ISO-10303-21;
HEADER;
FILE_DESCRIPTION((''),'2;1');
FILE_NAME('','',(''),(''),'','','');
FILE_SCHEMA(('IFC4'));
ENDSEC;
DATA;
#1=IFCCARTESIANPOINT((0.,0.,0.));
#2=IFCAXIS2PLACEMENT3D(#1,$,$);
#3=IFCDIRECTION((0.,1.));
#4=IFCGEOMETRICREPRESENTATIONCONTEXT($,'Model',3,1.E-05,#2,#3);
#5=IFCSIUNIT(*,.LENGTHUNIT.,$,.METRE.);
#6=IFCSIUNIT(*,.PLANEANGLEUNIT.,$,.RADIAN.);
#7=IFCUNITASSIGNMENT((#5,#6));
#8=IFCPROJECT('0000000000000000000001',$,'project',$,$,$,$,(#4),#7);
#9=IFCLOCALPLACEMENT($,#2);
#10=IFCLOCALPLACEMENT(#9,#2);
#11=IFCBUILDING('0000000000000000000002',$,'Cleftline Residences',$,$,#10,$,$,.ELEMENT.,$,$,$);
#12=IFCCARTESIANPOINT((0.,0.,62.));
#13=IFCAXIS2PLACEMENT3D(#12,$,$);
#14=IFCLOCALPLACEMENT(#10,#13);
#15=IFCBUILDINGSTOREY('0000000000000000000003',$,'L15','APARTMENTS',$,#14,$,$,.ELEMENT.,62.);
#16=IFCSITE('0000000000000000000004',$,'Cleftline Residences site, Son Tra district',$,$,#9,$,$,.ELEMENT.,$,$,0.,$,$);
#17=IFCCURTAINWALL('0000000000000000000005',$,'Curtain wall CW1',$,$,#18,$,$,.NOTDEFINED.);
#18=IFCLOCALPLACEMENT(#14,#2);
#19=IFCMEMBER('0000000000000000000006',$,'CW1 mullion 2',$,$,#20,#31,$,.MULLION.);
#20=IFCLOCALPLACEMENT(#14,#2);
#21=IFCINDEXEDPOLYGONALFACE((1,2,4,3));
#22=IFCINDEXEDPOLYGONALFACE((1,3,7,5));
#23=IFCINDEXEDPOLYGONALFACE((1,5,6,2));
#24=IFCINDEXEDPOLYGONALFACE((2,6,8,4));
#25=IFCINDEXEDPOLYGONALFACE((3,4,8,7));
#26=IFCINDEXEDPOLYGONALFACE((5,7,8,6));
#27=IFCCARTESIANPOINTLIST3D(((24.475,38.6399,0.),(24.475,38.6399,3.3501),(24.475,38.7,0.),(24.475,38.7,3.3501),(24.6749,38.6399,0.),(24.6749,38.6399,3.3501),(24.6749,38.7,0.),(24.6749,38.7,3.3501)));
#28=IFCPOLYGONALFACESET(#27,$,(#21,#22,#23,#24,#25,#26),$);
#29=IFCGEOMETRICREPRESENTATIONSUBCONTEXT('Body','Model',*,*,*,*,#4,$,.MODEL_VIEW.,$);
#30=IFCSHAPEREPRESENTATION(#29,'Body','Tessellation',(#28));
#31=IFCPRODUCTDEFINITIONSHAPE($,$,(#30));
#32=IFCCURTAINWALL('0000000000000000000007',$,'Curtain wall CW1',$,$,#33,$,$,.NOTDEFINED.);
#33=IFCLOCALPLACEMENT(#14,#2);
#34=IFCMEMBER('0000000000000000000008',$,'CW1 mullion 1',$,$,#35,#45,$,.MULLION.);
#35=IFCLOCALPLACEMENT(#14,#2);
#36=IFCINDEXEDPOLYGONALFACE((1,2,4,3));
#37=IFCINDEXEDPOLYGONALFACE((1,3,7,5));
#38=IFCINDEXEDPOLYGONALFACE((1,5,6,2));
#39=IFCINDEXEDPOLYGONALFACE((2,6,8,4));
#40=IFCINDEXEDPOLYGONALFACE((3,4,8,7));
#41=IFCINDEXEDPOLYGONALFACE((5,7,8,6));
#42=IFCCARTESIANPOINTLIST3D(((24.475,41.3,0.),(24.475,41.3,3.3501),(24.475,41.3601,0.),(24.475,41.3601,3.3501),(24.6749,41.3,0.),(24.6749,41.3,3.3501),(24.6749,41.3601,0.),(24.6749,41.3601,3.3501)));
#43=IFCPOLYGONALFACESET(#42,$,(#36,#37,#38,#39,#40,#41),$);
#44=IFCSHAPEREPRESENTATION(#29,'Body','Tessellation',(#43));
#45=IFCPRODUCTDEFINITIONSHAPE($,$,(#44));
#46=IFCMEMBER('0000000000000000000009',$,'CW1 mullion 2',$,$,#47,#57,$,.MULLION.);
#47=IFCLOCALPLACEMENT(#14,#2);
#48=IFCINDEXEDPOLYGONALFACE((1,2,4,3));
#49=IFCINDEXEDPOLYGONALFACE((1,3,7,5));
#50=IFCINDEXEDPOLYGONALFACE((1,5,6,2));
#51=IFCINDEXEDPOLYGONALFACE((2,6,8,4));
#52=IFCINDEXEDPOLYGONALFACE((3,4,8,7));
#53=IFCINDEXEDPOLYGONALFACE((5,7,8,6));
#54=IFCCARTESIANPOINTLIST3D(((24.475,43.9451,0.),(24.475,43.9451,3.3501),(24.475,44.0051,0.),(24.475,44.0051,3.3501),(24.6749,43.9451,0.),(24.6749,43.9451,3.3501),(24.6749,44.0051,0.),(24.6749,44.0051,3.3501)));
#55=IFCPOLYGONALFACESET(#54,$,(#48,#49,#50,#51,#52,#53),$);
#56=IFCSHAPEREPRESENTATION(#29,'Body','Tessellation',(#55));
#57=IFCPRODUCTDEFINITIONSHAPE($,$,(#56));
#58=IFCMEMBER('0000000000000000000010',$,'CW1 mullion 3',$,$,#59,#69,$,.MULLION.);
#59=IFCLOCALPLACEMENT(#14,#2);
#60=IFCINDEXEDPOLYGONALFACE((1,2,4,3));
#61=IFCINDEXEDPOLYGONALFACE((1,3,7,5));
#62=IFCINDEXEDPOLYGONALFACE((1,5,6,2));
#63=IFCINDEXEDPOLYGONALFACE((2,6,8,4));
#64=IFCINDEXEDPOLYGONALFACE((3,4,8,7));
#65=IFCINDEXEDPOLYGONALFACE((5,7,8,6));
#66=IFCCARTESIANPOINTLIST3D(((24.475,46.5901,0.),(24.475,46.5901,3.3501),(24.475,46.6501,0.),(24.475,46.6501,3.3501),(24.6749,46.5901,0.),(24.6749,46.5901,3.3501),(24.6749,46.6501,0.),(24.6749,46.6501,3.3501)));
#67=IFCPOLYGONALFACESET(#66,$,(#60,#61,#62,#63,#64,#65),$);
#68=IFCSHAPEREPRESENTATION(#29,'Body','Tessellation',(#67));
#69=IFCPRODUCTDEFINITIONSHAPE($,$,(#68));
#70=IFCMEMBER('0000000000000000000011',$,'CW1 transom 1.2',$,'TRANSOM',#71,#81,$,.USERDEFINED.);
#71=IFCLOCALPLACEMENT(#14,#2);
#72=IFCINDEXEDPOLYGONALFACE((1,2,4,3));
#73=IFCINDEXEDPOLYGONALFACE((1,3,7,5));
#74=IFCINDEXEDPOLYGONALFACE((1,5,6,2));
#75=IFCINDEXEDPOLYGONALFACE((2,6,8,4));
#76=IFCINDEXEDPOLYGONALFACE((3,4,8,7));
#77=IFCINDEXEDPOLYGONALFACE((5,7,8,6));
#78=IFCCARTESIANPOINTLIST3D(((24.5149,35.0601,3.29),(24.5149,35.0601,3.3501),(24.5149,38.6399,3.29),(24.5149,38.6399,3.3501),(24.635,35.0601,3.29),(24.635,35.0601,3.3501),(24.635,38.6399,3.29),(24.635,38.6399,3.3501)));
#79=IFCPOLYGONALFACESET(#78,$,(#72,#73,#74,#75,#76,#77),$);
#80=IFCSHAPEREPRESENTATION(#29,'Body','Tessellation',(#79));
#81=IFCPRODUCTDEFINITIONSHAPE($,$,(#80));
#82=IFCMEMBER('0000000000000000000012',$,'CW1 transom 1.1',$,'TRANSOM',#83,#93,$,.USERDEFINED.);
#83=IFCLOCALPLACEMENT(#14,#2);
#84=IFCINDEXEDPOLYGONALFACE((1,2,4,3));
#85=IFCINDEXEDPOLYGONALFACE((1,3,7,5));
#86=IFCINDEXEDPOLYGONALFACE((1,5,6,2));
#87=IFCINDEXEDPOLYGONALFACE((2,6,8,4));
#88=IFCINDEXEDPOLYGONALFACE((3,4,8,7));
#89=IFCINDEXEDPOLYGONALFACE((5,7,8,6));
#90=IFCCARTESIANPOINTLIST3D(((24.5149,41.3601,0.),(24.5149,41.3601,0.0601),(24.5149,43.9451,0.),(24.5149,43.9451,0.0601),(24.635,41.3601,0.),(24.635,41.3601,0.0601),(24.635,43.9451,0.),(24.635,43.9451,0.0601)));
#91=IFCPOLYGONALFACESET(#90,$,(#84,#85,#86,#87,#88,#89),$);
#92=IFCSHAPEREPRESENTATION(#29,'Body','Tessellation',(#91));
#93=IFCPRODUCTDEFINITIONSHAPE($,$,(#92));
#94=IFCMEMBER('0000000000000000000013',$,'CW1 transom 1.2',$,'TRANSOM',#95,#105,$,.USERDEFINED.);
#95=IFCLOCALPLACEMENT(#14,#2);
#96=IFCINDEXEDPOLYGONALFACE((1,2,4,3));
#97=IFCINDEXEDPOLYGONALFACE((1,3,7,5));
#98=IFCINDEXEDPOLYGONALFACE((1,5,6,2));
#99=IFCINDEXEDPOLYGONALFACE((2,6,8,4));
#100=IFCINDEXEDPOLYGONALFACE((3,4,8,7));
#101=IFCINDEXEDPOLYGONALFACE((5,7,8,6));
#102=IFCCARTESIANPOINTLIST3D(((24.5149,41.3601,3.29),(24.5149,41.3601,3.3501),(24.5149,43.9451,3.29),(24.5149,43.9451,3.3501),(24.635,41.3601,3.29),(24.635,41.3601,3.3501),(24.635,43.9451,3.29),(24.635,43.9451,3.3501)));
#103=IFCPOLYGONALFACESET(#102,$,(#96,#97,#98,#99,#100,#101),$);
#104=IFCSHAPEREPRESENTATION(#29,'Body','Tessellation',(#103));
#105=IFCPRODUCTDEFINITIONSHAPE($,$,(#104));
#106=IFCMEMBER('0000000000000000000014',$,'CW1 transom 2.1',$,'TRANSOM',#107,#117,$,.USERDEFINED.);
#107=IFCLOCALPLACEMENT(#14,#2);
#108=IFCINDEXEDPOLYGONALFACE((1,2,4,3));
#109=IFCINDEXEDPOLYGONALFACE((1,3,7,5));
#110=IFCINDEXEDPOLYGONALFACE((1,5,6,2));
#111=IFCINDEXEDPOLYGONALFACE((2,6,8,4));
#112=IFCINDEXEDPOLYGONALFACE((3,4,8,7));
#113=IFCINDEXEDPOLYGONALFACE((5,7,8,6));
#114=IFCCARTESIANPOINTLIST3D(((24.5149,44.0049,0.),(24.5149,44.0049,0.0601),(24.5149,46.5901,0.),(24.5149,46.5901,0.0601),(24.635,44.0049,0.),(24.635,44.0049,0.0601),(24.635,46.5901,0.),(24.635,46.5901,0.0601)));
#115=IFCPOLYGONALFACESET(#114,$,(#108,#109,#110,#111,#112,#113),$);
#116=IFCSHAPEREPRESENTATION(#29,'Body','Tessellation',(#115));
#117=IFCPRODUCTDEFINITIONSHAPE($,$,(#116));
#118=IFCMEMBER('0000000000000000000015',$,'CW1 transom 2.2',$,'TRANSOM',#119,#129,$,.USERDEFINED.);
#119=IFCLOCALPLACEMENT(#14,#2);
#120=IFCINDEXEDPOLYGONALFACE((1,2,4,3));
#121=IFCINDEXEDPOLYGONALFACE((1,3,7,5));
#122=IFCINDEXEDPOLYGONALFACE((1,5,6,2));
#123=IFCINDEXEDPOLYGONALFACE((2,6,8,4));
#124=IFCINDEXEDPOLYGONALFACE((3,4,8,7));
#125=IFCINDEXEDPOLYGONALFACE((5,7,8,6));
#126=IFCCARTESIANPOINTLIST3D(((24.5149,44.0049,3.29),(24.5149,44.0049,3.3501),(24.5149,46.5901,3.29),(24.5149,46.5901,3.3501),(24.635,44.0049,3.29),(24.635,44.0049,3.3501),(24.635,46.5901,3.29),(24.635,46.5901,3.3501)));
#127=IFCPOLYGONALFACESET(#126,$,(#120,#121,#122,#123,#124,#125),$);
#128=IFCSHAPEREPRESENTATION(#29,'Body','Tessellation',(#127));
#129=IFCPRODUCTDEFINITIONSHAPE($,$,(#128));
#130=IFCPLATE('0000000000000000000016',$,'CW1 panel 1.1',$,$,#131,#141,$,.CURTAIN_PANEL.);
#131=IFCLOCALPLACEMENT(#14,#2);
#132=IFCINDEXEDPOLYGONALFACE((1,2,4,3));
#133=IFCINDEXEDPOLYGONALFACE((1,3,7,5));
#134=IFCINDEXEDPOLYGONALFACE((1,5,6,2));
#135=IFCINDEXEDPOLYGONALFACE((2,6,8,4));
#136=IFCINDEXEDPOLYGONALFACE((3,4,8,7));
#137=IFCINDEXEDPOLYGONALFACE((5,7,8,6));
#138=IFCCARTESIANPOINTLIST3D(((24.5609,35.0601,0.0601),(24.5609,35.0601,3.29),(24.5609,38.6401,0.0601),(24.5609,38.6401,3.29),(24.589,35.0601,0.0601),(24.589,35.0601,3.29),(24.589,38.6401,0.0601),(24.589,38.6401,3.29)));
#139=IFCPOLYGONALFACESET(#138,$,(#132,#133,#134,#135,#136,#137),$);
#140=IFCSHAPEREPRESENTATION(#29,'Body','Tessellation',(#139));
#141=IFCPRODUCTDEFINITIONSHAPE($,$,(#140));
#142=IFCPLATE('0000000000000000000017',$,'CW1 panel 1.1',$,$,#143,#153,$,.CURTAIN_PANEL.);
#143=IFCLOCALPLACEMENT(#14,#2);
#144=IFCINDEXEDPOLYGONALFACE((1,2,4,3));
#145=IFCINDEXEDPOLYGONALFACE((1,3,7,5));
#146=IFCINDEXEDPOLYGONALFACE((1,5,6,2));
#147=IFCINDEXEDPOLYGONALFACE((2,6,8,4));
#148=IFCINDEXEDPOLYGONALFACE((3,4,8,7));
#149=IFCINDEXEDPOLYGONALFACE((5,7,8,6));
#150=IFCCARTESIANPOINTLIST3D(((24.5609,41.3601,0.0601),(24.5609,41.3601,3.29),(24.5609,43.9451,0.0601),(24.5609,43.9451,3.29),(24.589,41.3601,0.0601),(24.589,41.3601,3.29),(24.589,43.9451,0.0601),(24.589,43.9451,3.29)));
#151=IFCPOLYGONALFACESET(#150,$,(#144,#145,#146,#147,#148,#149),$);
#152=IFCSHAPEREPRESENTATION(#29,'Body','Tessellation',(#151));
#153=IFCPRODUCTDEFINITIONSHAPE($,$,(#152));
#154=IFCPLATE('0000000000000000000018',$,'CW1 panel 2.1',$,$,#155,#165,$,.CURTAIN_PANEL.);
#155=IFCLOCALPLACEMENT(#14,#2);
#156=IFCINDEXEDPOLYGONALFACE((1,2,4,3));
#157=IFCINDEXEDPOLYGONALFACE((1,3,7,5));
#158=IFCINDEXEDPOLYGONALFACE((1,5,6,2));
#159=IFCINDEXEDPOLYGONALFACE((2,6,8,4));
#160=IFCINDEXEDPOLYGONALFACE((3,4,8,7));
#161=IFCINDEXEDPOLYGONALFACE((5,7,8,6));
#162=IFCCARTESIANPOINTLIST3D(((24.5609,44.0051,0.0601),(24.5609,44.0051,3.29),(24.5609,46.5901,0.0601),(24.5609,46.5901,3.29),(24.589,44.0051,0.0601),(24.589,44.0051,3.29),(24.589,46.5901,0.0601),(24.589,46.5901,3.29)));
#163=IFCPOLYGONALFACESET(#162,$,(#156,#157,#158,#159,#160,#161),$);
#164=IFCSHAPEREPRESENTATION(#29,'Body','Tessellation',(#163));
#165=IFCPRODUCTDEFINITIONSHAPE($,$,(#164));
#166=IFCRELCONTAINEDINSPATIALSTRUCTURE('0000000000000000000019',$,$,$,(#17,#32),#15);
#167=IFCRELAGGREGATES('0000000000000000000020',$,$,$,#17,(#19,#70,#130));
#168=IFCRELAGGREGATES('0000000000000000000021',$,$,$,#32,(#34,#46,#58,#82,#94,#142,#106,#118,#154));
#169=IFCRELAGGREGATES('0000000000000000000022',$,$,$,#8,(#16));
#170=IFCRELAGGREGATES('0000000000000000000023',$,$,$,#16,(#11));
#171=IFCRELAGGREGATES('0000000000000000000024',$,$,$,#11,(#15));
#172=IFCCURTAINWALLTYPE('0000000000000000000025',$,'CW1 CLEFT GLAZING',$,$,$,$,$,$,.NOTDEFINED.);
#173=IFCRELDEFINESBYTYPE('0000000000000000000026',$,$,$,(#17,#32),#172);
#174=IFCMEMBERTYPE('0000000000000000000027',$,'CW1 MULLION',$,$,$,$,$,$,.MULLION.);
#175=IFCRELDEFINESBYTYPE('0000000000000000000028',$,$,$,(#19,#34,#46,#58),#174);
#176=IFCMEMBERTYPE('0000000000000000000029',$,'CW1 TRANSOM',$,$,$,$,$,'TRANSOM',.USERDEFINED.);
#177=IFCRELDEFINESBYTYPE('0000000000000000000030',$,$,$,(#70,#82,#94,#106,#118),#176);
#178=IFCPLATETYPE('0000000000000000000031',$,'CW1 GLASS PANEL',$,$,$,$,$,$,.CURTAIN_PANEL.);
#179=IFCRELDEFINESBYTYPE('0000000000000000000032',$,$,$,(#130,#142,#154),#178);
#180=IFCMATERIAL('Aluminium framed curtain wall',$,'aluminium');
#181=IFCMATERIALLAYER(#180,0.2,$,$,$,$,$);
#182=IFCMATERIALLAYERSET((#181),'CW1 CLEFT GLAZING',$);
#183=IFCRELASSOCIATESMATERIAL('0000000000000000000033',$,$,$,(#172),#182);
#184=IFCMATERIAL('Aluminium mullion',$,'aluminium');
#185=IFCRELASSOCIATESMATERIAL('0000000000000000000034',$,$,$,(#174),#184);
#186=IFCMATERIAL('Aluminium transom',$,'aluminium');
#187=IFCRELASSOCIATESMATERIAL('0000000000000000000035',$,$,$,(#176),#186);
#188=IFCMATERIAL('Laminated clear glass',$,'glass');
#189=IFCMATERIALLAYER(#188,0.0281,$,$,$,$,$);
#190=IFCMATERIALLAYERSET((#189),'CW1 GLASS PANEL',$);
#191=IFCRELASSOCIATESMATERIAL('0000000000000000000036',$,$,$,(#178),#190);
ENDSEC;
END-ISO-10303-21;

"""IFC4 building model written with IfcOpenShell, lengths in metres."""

from ifc_helpers import new_model, si_unit, direction, frame, origin, origin_2d, place, context, subcontext, project, spatial, rectangle, extrude, material, layer, layer_set, material_profile, profile_set, type_object, element, aggregate, save


model = new_model("IFC4")

# Units and contexts
model_context = context("Model", 3, precision=1e-05, world=origin(), true_north=direction((0.0, 1.0)))
body_context = subcontext(model_context, "Body", "Model", "MODEL_VIEW")
ifc_project = project(units=[si_unit("LENGTHUNIT", "METRE"), si_unit("PLANEANGLEUNIT", "RADIAN")], contexts=[model_context])

# Site, building, storey
site_placement = place(None, origin())
site = spatial("IfcSite", under=ifc_project, at=site_placement, Name="Cleftline Residences site, Son Tra district", CompositionType="ELEMENT", RefElevation=0.0)
building_placement = place(site_placement, origin())
building = spatial("IfcBuilding", under=site, at=building_placement, Name="Cleftline Residences", CompositionType="ELEMENT")
storey_placement = place(building_placement, frame((0.0, 0.0, 62.0)))
storey = spatial("IfcBuildingStorey", under=building, at=storey_placement, Name="L15", Description="APARTMENTS", CompositionType="ELEMENT", Elevation=62.0)

# Curtain wall, member
ifc_material_1 = material(Name="Aluminium framed curtain wall", Category="aluminium")
ifc_layer_1 = layer(ifc_material_1, 0.2)
ifc_layer_set_1 = layer_set([ifc_layer_1], Name="CW1 CLEFT GLAZING")
curtain_wall_type = type_object("IfcCurtainWallType", Name="CW1 CLEFT GLAZING", PredefinedType="NOTDEFINED", material=ifc_layer_set_1)
curtain_wall_1_placement = place(storey_placement, origin())
curtain_wall_1 = element("IfcCurtainWall", 1, at=curtain_wall_1_placement, inside=storey, type_object=curtain_wall_type, Name="Curtain wall CW1", PredefinedType="NOTDEFINED")
ifc_material_2 = material(Name="Aluminium mullion", Category="aluminium")
ifc_material_profile_1 = material_profile(ifc_material_2, rectangle(XDim=0.2, YDim=0.0601, at=origin_2d()))
ifc_profile_set_1 = profile_set([ifc_material_profile_1], Name="Aluminium mullion")
member_type_1 = type_object("IfcMemberType", Name="CW1 MULLION", PredefinedType="MULLION", material=ifc_profile_set_1)
member_1_placement = place(storey_placement, frame((24.575, 38.6699, 0.0), z_axis=(0.0, 0.0, 1.0), x_axis=(-1.0, 0.0, 0.0)))
member_1 = element("IfcMember", 2, at=member_1_placement, type_object=member_type_1, Name="CW1 mullion 2", PredefinedType="MULLION", context=body_context, shape_type="SweptSolid", body=[
    extrude(rectangle(XDim=0.2, YDim=0.0601, at=origin_2d()), origin(), (0.0, 0.0, 1.0), 3.3501),
])

# Curtain wall, members
curtain_wall_2_placement = place(storey_placement, origin())
curtain_wall_2 = element("IfcCurtainWall", 3, at=curtain_wall_2_placement, inside=storey, type_object=curtain_wall_type, Name="Curtain wall CW1", PredefinedType="NOTDEFINED")
member_2_placement = place(storey_placement, frame((24.575, 41.3301, 0.0), z_axis=(0.0, 0.0, 1.0), x_axis=(-1.0, 0.0, 0.0)))
member_2 = element("IfcMember", 4, at=member_2_placement, type_object=member_type_1, Name="CW1 mullion 1", PredefinedType="MULLION", context=body_context, shape_type="SweptSolid", body=[
    extrude(rectangle(XDim=0.2, YDim=0.0601, at=origin_2d()), origin(), (0.0, 0.0, 1.0), 3.3501),
])
member_3_placement = place(storey_placement, frame((24.575, 43.9751, 0.0), z_axis=(0.0, 0.0, 1.0), x_axis=(-1.0, 0.0, 0.0)))
member_3 = element("IfcMember", 5, at=member_3_placement, type_object=member_type_1, Name="CW1 mullion 2", PredefinedType="MULLION", context=body_context, shape_type="SweptSolid", body=[
    extrude(rectangle(XDim=0.2, YDim=0.0601, at=origin_2d()), origin(), (0.0, 0.0, 1.0), 3.3501),
])
member_4_placement = place(storey_placement, frame((24.575, 46.6201, 0.0), z_axis=(0.0, 0.0, 1.0), x_axis=(-1.0, 0.0, 0.0)))
member_4 = element("IfcMember", 6, at=member_4_placement, type_object=member_type_1, Name="CW1 mullion 3", PredefinedType="MULLION", context=body_context, shape_type="SweptSolid", body=[
    extrude(rectangle(XDim=0.2, YDim=0.0601, at=origin_2d()), origin(), (0.0, 0.0, 1.0), 3.3501),
])

# Members
ifc_material_3 = material(Name="Aluminium transom", Category="aluminium")
ifc_material_profile_2 = material_profile(ifc_material_3, rectangle(XDim=0.1201, YDim=0.0601, at=origin_2d()))
ifc_profile_set_2 = profile_set([ifc_material_profile_2], Name="Aluminium transom")
member_type_2 = type_object("IfcMemberType", Name="CW1 TRANSOM", ElementType="TRANSOM", PredefinedType="USERDEFINED", material=ifc_profile_set_2)
member_5_placement = place(storey_placement, frame((24.575, 35.0601, 3.3201), z_axis=(0.0, 1.0, 0.0), x_axis=(-1.0, 0.0, 0.0)))
member_5 = element("IfcMember", 7, at=member_5_placement, type_object=member_type_2, Name="CW1 transom 1.2", ObjectType="TRANSOM", PredefinedType="USERDEFINED", context=body_context, shape_type="SweptSolid", body=[
    extrude(rectangle(XDim=0.1201, YDim=0.0601, at=origin_2d()), origin(), (0.0, 0.0, 1.0), 3.5798),
])
member_6_placement = place(storey_placement, frame((24.575, 41.3601, 0.03), z_axis=(0.0, 1.0, 0.0), x_axis=(-1.0, 0.0, 0.0)))
member_6 = element("IfcMember", 8, at=member_6_placement, type_object=member_type_2, Name="CW1 transom 1.1", ObjectType="TRANSOM", PredefinedType="USERDEFINED", context=body_context, shape_type="SweptSolid", body=[
    extrude(rectangle(XDim=0.1201, YDim=0.0601, at=origin_2d()), origin(), (0.0, 0.0, 1.0), 2.585),
])
member_7_placement = place(storey_placement, frame((24.575, 41.3601, 3.3201), z_axis=(0.0, 1.0, 0.0), x_axis=(-1.0, 0.0, 0.0)))
member_7 = element("IfcMember", 9, at=member_7_placement, type_object=member_type_2, Name="CW1 transom 1.2", ObjectType="TRANSOM", PredefinedType="USERDEFINED", context=body_context, shape_type="SweptSolid", body=[
    extrude(rectangle(XDim=0.1201, YDim=0.0601, at=origin_2d()), origin(), (0.0, 0.0, 1.0), 2.585),
])
member_8_placement = place(storey_placement, frame((24.575, 44.0049, 0.03), z_axis=(0.0, 1.0, 0.0), x_axis=(-1.0, 0.0, 0.0)))
member_8 = element("IfcMember", 10, at=member_8_placement, type_object=member_type_2, Name="CW1 transom 2.1", ObjectType="TRANSOM", PredefinedType="USERDEFINED", context=body_context, shape_type="SweptSolid", body=[
    extrude(rectangle(XDim=0.1201, YDim=0.0601, at=origin_2d()), origin(), (0.0, 0.0, 1.0), 2.5852),
])
member_9_placement = place(storey_placement, frame((24.575, 44.0049, 3.3201), z_axis=(0.0, 1.0, 0.0), x_axis=(-1.0, 0.0, 0.0)))
member_9 = element("IfcMember", 11, at=member_9_placement, type_object=member_type_2, Name="CW1 transom 2.2", ObjectType="TRANSOM", PredefinedType="USERDEFINED", context=body_context, shape_type="SweptSolid", body=[
    extrude(rectangle(XDim=0.1201, YDim=0.0601, at=origin_2d()), origin(), (0.0, 0.0, 1.0), 2.5852),
])

# Plates
ifc_material_4 = material(Name="Laminated clear glass", Category="glass")
ifc_layer_2 = layer(ifc_material_4, 0.0281)
ifc_layer_set_2 = layer_set([ifc_layer_2], Name="CW1 GLASS PANEL")
plate_type = type_object("IfcPlateType", Name="CW1 GLASS PANEL", PredefinedType="CURTAIN_PANEL", material=ifc_layer_set_2)
plate_1_placement = place(storey_placement, frame((24.575, 36.8501, 0.0601), z_axis=(0.0, 0.0, 1.0), x_axis=(0.0, 1.0, 0.0)))
plate_1 = element("IfcPlate", 12, at=plate_1_placement, type_object=plate_type, Name="CW1 panel 1.1", PredefinedType="CURTAIN_PANEL", context=body_context, shape_type="SweptSolid", body=[
    extrude(rectangle(XDim=3.5801, YDim=0.0281, at=origin_2d()), origin(), (0.0, 0.0, 1.0), 3.23),
])
aggregate(curtain_wall_1, [member_1, member_5, plate_1])
plate_2_placement = place(storey_placement, frame((24.575, 42.6526, 0.0601), z_axis=(0.0, 0.0, 1.0), x_axis=(0.0, 1.0, 0.0)))
plate_2 = element("IfcPlate", 13, at=plate_2_placement, type_object=plate_type, Name="CW1 panel 1.1", PredefinedType="CURTAIN_PANEL", context=body_context, shape_type="SweptSolid", body=[
    extrude(rectangle(XDim=2.585, YDim=0.0281, at=origin_2d()), origin(), (0.0, 0.0, 1.0), 3.23),
])
plate_3_placement = place(storey_placement, frame((24.575, 45.2976, 0.0601), z_axis=(0.0, 0.0, 1.0), x_axis=(0.0, 1.0, 0.0)))
plate_3 = element("IfcPlate", 14, at=plate_3_placement, type_object=plate_type, Name="CW1 panel 2.1", PredefinedType="CURTAIN_PANEL", context=body_context, shape_type="SweptSolid", body=[
    extrude(rectangle(XDim=2.585, YDim=0.0281, at=origin_2d()), origin(), (0.0, 0.0, 1.0), 3.23),
])
aggregate(curtain_wall_2, [member_2, member_3, member_4, member_6, member_7, plate_2, member_8, member_9, plate_3])

save(model, "model.ifc")
